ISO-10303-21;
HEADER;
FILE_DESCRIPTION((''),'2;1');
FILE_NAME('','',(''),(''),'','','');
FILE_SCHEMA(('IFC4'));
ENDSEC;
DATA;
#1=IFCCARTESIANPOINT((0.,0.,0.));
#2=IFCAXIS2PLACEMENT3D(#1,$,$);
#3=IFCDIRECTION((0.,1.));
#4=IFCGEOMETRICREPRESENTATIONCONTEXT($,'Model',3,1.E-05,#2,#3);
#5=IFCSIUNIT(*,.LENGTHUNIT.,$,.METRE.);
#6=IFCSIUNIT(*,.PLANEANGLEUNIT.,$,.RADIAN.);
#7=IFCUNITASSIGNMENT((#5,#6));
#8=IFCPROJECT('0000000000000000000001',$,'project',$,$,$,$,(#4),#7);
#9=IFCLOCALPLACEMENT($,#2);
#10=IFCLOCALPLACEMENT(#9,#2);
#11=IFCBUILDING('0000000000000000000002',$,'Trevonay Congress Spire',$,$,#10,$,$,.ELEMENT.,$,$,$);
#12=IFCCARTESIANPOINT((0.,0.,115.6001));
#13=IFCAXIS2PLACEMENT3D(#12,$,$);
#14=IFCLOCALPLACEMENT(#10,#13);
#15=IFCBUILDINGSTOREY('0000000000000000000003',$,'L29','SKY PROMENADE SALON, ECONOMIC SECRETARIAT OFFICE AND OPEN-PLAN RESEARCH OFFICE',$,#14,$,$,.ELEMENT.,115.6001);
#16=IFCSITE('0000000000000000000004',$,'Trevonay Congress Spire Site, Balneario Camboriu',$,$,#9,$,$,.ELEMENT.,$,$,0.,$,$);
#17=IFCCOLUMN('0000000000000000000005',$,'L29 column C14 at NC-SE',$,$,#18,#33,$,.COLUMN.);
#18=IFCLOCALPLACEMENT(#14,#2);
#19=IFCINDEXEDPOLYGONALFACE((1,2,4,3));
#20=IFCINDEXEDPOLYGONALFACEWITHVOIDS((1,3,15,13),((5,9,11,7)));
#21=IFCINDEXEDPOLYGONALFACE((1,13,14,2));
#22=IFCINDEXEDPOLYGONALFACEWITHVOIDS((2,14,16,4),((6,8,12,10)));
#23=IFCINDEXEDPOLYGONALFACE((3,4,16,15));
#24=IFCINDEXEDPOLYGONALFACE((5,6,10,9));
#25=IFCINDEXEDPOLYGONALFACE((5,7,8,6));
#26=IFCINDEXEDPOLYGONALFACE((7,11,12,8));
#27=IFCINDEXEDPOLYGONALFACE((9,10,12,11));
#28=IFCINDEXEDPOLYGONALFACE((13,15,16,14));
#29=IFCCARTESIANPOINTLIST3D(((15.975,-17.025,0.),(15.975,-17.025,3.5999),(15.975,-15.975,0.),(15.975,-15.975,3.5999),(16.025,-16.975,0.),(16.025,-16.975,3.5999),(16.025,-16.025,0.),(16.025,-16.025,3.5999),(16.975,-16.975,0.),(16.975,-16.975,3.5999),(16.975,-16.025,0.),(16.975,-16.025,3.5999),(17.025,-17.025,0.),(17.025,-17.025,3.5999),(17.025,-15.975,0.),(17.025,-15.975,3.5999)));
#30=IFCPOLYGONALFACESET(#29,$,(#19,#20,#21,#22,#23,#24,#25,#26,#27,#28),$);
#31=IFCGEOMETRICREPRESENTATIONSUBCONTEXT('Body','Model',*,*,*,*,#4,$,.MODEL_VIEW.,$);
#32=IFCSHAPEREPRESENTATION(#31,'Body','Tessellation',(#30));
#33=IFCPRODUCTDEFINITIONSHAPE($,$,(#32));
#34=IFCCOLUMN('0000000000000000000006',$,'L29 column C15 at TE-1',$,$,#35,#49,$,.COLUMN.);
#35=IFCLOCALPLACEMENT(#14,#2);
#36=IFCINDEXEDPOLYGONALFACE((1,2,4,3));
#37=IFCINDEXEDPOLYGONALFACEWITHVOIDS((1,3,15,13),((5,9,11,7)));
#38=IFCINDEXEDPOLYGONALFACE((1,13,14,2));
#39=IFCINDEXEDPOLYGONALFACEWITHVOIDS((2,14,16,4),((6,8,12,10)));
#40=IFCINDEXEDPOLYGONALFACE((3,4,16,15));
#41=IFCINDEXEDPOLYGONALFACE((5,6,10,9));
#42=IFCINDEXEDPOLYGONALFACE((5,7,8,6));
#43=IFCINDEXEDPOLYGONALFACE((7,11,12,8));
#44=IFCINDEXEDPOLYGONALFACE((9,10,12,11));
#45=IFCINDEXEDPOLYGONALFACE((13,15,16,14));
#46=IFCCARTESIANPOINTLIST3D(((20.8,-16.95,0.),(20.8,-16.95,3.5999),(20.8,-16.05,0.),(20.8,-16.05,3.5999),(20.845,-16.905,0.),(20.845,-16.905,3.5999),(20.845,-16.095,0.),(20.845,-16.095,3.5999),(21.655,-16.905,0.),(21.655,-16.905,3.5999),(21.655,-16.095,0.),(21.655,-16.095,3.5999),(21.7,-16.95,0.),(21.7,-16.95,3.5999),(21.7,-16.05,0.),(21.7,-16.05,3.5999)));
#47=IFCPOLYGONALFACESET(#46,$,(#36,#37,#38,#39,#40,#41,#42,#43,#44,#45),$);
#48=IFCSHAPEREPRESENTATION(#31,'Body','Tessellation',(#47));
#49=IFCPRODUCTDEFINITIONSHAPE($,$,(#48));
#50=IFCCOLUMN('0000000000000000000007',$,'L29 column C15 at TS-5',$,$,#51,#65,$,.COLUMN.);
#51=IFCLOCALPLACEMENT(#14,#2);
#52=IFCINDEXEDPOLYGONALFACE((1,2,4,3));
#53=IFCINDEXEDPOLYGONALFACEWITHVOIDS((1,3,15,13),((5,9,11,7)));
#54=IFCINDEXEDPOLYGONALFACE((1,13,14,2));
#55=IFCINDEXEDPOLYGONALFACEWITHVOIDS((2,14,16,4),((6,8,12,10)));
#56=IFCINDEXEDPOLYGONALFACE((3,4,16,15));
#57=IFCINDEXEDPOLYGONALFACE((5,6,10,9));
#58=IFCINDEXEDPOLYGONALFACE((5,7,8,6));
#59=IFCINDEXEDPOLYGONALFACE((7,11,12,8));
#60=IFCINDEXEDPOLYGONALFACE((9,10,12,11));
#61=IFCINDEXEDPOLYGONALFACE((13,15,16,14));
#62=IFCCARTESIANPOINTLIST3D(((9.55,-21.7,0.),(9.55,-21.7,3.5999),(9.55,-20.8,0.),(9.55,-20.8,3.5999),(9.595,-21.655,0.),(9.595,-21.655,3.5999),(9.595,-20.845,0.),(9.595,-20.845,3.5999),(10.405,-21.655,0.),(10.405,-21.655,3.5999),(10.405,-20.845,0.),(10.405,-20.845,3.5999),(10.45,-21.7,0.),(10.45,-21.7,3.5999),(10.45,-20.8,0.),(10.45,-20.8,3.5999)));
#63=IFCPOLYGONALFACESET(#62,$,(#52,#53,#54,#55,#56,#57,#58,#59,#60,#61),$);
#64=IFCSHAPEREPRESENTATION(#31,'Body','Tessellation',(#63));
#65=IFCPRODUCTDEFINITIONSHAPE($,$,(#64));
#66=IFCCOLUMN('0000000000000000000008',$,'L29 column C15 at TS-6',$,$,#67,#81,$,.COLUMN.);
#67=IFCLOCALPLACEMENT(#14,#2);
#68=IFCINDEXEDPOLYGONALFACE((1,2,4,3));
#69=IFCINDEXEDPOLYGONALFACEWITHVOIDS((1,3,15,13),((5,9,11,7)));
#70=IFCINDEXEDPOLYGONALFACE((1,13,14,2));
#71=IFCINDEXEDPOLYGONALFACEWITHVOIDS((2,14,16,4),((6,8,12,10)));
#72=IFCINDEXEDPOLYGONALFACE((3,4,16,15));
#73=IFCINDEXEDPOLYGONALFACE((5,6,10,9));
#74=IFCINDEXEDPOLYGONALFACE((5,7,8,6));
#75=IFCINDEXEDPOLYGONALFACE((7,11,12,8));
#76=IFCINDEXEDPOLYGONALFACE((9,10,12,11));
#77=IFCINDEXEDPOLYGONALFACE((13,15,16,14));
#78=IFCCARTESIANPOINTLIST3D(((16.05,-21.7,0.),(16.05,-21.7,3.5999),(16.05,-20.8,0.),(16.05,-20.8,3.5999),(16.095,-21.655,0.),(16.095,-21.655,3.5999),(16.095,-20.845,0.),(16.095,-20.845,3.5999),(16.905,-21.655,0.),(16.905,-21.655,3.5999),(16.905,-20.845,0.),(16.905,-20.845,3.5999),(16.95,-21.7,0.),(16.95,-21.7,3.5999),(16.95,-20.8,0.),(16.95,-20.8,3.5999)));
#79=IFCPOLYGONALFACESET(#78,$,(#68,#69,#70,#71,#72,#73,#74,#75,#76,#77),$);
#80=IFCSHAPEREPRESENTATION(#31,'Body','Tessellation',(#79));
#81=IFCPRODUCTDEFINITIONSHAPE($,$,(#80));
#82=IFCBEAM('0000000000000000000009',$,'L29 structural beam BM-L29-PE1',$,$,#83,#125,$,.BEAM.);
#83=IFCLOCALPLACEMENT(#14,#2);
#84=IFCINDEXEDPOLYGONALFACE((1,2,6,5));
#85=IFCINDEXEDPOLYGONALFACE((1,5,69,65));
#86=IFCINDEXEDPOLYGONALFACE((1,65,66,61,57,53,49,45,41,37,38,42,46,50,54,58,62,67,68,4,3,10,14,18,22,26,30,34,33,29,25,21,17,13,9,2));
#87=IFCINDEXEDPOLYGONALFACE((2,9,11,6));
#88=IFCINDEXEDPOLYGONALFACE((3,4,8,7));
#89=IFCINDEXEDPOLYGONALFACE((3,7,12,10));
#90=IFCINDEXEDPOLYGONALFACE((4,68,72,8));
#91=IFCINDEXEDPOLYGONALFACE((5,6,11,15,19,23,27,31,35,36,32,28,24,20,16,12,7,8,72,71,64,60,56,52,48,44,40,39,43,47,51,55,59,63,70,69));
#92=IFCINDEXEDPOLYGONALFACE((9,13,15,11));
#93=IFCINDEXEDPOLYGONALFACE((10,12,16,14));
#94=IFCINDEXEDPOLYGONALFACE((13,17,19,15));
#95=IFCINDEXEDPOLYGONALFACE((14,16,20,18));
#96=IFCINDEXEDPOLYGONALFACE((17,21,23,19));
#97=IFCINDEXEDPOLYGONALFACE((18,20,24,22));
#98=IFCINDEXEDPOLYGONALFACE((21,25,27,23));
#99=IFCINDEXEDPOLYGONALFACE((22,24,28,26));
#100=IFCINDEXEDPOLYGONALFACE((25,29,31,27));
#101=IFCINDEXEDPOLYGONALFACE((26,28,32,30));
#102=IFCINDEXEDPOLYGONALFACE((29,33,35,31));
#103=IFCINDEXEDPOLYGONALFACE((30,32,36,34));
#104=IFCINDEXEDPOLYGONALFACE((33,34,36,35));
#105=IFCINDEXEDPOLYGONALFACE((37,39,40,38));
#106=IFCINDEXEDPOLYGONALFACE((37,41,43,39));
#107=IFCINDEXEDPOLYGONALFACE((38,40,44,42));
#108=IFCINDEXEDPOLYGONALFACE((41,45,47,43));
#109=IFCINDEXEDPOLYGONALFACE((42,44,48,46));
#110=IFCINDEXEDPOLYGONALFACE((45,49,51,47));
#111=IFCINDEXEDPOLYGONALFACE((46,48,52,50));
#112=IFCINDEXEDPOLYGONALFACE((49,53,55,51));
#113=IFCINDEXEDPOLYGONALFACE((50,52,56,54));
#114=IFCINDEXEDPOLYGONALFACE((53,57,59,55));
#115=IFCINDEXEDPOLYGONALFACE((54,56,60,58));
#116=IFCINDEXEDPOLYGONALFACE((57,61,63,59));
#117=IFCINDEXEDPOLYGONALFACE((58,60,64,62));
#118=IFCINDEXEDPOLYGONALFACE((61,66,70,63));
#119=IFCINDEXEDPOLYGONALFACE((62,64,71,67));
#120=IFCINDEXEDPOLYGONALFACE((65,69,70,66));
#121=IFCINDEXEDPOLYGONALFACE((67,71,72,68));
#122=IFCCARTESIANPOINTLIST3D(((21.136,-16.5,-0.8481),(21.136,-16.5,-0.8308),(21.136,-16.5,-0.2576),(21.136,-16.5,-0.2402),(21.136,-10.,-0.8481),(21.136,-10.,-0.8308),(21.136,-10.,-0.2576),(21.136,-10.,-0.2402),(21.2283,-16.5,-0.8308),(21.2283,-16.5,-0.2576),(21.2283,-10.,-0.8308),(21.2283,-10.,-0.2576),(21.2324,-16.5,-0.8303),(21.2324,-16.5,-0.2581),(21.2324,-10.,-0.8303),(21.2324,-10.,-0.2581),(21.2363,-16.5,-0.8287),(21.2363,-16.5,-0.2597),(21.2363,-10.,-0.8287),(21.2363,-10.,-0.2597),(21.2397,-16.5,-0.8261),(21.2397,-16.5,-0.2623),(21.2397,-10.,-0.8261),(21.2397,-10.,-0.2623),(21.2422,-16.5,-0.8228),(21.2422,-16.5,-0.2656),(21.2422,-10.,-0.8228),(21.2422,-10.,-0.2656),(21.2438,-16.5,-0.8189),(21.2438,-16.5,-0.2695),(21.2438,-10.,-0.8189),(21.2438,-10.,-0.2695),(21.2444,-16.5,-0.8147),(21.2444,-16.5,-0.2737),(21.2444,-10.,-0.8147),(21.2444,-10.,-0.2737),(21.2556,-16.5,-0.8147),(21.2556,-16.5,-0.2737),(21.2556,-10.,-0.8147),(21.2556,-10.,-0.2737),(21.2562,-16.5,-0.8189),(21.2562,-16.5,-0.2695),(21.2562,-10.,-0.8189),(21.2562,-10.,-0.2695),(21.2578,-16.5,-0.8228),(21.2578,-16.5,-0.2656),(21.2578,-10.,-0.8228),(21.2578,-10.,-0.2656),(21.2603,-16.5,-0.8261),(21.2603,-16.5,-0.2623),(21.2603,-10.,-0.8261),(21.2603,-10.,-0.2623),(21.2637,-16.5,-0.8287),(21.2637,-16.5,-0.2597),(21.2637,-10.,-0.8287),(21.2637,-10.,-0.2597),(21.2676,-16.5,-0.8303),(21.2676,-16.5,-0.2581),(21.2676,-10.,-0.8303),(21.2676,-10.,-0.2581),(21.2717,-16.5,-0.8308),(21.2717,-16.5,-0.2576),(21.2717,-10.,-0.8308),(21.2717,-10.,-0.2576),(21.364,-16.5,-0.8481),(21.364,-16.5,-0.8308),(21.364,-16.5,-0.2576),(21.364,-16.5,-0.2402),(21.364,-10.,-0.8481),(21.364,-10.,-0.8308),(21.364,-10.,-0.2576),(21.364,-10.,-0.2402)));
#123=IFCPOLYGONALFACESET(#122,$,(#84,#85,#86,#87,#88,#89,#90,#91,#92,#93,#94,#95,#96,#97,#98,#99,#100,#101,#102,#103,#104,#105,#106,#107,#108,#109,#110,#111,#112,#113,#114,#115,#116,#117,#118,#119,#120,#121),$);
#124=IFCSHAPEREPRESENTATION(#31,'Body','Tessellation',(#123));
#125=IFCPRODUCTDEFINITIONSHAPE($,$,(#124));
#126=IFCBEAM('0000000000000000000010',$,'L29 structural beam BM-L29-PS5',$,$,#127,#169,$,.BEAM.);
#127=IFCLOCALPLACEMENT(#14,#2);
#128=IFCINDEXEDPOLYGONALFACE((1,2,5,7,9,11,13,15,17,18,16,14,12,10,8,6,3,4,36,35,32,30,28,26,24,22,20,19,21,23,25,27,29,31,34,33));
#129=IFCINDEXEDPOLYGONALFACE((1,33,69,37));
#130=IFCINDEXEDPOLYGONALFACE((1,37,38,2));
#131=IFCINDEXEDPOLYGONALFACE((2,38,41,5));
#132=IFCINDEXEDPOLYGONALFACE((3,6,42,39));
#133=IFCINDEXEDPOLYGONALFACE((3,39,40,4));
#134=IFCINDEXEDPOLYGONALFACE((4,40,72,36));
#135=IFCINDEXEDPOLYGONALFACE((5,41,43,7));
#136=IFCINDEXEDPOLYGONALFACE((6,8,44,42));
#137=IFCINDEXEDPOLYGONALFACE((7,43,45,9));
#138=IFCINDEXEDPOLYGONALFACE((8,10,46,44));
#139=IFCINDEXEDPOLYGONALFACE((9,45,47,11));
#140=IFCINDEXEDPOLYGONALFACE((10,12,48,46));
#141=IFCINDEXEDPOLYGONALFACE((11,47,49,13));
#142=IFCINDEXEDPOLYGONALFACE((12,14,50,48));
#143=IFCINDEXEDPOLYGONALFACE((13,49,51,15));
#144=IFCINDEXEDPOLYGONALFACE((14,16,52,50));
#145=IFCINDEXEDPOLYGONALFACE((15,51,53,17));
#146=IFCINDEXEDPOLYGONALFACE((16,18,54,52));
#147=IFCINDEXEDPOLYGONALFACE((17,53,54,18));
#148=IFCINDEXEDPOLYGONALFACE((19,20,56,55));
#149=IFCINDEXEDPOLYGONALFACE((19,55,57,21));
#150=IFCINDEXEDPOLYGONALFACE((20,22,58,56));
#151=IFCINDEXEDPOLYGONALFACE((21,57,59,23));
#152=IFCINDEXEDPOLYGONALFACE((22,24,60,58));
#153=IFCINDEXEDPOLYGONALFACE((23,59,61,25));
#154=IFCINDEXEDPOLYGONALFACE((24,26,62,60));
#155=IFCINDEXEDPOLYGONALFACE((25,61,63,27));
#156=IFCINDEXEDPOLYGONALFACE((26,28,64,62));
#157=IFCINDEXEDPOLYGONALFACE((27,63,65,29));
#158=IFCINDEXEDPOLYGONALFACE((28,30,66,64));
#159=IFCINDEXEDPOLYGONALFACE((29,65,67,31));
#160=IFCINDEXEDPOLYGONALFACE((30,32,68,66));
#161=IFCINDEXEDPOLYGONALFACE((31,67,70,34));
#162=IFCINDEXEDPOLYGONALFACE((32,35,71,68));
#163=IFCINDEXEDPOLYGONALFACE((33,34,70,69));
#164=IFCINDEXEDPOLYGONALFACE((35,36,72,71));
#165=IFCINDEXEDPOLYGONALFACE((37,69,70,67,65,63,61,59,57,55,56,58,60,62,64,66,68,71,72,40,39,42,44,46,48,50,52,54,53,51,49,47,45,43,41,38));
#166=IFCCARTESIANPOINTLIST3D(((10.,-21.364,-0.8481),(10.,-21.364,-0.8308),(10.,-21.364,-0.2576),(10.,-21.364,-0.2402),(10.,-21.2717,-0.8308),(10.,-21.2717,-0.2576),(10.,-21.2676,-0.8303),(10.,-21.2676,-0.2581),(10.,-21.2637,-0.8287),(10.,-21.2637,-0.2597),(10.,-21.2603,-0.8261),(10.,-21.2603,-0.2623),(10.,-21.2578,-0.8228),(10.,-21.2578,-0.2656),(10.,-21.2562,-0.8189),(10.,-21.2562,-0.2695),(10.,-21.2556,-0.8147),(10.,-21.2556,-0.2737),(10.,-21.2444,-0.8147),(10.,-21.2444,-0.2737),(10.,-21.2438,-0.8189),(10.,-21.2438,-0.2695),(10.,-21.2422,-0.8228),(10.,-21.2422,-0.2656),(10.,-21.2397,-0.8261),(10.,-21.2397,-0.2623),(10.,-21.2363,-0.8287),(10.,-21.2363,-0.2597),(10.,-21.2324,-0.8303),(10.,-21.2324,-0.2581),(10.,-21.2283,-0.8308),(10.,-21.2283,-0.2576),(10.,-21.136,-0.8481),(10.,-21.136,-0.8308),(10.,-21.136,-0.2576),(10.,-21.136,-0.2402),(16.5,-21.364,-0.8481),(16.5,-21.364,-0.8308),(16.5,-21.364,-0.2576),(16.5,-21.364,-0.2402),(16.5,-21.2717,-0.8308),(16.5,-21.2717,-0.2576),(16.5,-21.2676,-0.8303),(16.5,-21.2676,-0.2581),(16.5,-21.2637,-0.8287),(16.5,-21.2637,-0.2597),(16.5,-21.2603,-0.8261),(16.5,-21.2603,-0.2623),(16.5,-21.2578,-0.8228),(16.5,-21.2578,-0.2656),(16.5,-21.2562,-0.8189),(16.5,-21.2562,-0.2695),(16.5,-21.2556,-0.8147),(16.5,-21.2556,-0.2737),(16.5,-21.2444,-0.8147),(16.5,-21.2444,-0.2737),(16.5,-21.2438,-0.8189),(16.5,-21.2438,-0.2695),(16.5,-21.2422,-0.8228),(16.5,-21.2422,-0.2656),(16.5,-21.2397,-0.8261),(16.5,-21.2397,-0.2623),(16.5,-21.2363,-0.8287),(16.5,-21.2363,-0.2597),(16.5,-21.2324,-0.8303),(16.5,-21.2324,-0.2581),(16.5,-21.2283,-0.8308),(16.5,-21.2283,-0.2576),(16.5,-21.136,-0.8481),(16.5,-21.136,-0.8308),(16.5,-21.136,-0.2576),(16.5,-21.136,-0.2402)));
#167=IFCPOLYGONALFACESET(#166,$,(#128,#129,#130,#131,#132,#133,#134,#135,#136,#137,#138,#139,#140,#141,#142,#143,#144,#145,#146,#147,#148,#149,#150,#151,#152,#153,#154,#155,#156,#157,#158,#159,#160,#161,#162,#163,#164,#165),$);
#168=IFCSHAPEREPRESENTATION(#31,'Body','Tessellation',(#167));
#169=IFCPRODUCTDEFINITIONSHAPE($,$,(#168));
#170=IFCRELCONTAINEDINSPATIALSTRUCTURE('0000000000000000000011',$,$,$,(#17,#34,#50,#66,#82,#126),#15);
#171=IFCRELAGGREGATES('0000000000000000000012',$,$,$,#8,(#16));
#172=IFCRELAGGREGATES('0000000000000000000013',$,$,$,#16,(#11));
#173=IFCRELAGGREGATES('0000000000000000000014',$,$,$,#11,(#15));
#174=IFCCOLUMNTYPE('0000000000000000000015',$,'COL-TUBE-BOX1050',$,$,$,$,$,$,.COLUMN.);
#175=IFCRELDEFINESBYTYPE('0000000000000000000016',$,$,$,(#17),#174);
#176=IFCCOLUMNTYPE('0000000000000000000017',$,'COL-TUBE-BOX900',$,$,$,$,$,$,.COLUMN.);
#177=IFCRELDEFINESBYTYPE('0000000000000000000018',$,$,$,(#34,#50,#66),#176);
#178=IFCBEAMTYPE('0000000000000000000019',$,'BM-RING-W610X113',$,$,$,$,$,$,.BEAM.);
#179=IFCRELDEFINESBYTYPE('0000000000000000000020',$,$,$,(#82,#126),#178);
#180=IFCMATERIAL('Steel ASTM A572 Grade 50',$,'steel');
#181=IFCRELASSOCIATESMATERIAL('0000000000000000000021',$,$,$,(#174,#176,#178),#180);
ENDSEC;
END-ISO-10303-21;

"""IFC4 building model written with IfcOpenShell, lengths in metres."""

from ifc_helpers import new_model, si_unit, direction, frame, origin, origin_2d, place, context, subcontext, project, spatial, hollow_rectangle, i_section, extrude, material, material_profile, profile_set, type_object, element, save


model = new_model("IFC4")

# Units and contexts
model_context = context("Model", 3, precision=1e-05, world=origin(), true_north=direction((0.0, 1.0)))
body_context = subcontext(model_context, "Body", "Model", "MODEL_VIEW")
ifc_project = project(units=[si_unit("LENGTHUNIT", "METRE"), si_unit("PLANEANGLEUNIT", "RADIAN")], contexts=[model_context])

# Site, building, storey
site_placement = place(None, origin())
site = spatial("IfcSite", under=ifc_project, at=site_placement, Name="Trevonay Congress Spire Site, Balneario Camboriu", CompositionType="ELEMENT", RefElevation=0.0)
building_placement = place(site_placement, origin())
building = spatial("IfcBuilding", under=site, at=building_placement, Name="Trevonay Congress Spire", CompositionType="ELEMENT")
storey_placement = place(building_placement, frame((0.0, 0.0, 115.6001)))
storey = spatial("IfcBuildingStorey", under=building, at=storey_placement, Name="L29", Description="SKY PROMENADE SALON, ECONOMIC SECRETARIAT OFFICE AND OPEN-PLAN RESEARCH OFFICE", CompositionType="ELEMENT", Elevation=115.6001)

# Columns
ifc_material_1 = material(Name="Steel ASTM A572 Grade 50", Category="steel")
ifc_material_profile_1 = material_profile(ifc_material_1, hollow_rectangle(XDim=1.05, YDim=1.05, WallThickness=0.05, at=origin_2d()), Name="BOX 1050x1050x50")
ifc_profile_set_1 = profile_set([ifc_material_profile_1], Name="Steel ASTM A572 Grade 50")
column_type_1 = type_object("IfcColumnType", Name="COL-TUBE-BOX1050", PredefinedType="COLUMN", material=ifc_profile_set_1)
column_placement = place(storey_placement, frame((16.5, -16.5, 0.0), z_axis=(0.0, 0.0, 1.0), x_axis=(1.0, 0.0, 0.0)))
element("IfcColumn", 1, at=column_placement, inside=storey, type_object=column_type_1, Name="L29 column C14 at NC-SE", PredefinedType="COLUMN", context=body_context, shape_type="SweptSolid", body=[
    extrude(hollow_rectangle(XDim=1.05, YDim=1.05, WallThickness=0.05, at=origin_2d()), origin(), (0.0, 0.0, 1.0), 3.5999),
])
ifc_material_profile_2 = material_profile(ifc_material_1, hollow_rectangle(XDim=0.8999, YDim=0.8999, WallThickness=0.0449, at=origin_2d()), Name="BOX 900x900x45")
ifc_profile_set_2 = profile_set([ifc_material_profile_2], Name="Steel ASTM A572 Grade 50")
column_type_2 = type_object("IfcColumnType", Name="COL-TUBE-BOX900", PredefinedType="COLUMN", material=ifc_profile_set_2)
for number, where, z_axis, x_axis, name in (
    (2, (21.25, -16.5, 0.0), (0.0, 0.0, 1.0), (1.0, 0.0, 0.0), "L29 column C15 at TE-1"),
    (3, (10.0, -21.25, 0.0), (0.0, 0.0, 1.0), (1.0, 0.0, 0.0), "L29 column C15 at TS-5"),
    (4, (16.5, -21.25, 0.0), (0.0, 0.0, 1.0), (1.0, 0.0, 0.0), "L29 column C15 at TS-6"),
):
    element("IfcColumn", number, at=place(storey_placement, frame(where, z_axis=z_axis, x_axis=x_axis)), inside=storey, type_object=column_type_2, Name=name, PredefinedType="COLUMN", context=body_context, shape_type="SweptSolid", body=[
        extrude(hollow_rectangle(XDim=0.8999, YDim=0.8999, WallThickness=0.0449, at=origin_2d()), origin(), (0.0, 0.0, 1.0), 3.5999),
    ])

# Beams
ifc_material_profile_3 = material_profile(ifc_material_1, i_section(OverallWidth=0.228, OverallDepth=0.6079, WebThickness=0.0112, FlangeThickness=0.0173, FilletRadius=0.0161, at=origin_2d()), Name="W610x113")
ifc_profile_set_3 = profile_set([ifc_material_profile_3], Name="Steel ASTM A572 Grade 50")
beam_type = type_object("IfcBeamType", Name="BM-RING-W610X113", PredefinedType="BEAM", material=ifc_profile_set_3)
for number, where, z_axis, x_axis, name in (
    (5, (21.25, -16.5, -0.5442), (0.0, 1.0, 0.0), (-1.0, 0.0, 0.0), "L29 structural beam BM-L29-PE1"),
    (6, (10.0, -21.25, -0.5442), (1.0, 0.0, 0.0), (0.0, 1.0, 0.0), "L29 structural beam BM-L29-PS5"),
):
    element("IfcBeam", number, at=place(storey_placement, frame(where, z_axis=z_axis, x_axis=x_axis)), inside=storey, type_object=beam_type, Name=name, PredefinedType="BEAM", context=body_context, shape_type="SweptSolid", body=[
        extrude(i_section(OverallWidth=0.228, OverallDepth=0.6079, WebThickness=0.0112, FlangeThickness=0.0173, FilletRadius=0.0161, at=origin_2d()), origin(), (0.0, 0.0, 1.0), 6.5),
    ])

save(model, "model.ifc")
